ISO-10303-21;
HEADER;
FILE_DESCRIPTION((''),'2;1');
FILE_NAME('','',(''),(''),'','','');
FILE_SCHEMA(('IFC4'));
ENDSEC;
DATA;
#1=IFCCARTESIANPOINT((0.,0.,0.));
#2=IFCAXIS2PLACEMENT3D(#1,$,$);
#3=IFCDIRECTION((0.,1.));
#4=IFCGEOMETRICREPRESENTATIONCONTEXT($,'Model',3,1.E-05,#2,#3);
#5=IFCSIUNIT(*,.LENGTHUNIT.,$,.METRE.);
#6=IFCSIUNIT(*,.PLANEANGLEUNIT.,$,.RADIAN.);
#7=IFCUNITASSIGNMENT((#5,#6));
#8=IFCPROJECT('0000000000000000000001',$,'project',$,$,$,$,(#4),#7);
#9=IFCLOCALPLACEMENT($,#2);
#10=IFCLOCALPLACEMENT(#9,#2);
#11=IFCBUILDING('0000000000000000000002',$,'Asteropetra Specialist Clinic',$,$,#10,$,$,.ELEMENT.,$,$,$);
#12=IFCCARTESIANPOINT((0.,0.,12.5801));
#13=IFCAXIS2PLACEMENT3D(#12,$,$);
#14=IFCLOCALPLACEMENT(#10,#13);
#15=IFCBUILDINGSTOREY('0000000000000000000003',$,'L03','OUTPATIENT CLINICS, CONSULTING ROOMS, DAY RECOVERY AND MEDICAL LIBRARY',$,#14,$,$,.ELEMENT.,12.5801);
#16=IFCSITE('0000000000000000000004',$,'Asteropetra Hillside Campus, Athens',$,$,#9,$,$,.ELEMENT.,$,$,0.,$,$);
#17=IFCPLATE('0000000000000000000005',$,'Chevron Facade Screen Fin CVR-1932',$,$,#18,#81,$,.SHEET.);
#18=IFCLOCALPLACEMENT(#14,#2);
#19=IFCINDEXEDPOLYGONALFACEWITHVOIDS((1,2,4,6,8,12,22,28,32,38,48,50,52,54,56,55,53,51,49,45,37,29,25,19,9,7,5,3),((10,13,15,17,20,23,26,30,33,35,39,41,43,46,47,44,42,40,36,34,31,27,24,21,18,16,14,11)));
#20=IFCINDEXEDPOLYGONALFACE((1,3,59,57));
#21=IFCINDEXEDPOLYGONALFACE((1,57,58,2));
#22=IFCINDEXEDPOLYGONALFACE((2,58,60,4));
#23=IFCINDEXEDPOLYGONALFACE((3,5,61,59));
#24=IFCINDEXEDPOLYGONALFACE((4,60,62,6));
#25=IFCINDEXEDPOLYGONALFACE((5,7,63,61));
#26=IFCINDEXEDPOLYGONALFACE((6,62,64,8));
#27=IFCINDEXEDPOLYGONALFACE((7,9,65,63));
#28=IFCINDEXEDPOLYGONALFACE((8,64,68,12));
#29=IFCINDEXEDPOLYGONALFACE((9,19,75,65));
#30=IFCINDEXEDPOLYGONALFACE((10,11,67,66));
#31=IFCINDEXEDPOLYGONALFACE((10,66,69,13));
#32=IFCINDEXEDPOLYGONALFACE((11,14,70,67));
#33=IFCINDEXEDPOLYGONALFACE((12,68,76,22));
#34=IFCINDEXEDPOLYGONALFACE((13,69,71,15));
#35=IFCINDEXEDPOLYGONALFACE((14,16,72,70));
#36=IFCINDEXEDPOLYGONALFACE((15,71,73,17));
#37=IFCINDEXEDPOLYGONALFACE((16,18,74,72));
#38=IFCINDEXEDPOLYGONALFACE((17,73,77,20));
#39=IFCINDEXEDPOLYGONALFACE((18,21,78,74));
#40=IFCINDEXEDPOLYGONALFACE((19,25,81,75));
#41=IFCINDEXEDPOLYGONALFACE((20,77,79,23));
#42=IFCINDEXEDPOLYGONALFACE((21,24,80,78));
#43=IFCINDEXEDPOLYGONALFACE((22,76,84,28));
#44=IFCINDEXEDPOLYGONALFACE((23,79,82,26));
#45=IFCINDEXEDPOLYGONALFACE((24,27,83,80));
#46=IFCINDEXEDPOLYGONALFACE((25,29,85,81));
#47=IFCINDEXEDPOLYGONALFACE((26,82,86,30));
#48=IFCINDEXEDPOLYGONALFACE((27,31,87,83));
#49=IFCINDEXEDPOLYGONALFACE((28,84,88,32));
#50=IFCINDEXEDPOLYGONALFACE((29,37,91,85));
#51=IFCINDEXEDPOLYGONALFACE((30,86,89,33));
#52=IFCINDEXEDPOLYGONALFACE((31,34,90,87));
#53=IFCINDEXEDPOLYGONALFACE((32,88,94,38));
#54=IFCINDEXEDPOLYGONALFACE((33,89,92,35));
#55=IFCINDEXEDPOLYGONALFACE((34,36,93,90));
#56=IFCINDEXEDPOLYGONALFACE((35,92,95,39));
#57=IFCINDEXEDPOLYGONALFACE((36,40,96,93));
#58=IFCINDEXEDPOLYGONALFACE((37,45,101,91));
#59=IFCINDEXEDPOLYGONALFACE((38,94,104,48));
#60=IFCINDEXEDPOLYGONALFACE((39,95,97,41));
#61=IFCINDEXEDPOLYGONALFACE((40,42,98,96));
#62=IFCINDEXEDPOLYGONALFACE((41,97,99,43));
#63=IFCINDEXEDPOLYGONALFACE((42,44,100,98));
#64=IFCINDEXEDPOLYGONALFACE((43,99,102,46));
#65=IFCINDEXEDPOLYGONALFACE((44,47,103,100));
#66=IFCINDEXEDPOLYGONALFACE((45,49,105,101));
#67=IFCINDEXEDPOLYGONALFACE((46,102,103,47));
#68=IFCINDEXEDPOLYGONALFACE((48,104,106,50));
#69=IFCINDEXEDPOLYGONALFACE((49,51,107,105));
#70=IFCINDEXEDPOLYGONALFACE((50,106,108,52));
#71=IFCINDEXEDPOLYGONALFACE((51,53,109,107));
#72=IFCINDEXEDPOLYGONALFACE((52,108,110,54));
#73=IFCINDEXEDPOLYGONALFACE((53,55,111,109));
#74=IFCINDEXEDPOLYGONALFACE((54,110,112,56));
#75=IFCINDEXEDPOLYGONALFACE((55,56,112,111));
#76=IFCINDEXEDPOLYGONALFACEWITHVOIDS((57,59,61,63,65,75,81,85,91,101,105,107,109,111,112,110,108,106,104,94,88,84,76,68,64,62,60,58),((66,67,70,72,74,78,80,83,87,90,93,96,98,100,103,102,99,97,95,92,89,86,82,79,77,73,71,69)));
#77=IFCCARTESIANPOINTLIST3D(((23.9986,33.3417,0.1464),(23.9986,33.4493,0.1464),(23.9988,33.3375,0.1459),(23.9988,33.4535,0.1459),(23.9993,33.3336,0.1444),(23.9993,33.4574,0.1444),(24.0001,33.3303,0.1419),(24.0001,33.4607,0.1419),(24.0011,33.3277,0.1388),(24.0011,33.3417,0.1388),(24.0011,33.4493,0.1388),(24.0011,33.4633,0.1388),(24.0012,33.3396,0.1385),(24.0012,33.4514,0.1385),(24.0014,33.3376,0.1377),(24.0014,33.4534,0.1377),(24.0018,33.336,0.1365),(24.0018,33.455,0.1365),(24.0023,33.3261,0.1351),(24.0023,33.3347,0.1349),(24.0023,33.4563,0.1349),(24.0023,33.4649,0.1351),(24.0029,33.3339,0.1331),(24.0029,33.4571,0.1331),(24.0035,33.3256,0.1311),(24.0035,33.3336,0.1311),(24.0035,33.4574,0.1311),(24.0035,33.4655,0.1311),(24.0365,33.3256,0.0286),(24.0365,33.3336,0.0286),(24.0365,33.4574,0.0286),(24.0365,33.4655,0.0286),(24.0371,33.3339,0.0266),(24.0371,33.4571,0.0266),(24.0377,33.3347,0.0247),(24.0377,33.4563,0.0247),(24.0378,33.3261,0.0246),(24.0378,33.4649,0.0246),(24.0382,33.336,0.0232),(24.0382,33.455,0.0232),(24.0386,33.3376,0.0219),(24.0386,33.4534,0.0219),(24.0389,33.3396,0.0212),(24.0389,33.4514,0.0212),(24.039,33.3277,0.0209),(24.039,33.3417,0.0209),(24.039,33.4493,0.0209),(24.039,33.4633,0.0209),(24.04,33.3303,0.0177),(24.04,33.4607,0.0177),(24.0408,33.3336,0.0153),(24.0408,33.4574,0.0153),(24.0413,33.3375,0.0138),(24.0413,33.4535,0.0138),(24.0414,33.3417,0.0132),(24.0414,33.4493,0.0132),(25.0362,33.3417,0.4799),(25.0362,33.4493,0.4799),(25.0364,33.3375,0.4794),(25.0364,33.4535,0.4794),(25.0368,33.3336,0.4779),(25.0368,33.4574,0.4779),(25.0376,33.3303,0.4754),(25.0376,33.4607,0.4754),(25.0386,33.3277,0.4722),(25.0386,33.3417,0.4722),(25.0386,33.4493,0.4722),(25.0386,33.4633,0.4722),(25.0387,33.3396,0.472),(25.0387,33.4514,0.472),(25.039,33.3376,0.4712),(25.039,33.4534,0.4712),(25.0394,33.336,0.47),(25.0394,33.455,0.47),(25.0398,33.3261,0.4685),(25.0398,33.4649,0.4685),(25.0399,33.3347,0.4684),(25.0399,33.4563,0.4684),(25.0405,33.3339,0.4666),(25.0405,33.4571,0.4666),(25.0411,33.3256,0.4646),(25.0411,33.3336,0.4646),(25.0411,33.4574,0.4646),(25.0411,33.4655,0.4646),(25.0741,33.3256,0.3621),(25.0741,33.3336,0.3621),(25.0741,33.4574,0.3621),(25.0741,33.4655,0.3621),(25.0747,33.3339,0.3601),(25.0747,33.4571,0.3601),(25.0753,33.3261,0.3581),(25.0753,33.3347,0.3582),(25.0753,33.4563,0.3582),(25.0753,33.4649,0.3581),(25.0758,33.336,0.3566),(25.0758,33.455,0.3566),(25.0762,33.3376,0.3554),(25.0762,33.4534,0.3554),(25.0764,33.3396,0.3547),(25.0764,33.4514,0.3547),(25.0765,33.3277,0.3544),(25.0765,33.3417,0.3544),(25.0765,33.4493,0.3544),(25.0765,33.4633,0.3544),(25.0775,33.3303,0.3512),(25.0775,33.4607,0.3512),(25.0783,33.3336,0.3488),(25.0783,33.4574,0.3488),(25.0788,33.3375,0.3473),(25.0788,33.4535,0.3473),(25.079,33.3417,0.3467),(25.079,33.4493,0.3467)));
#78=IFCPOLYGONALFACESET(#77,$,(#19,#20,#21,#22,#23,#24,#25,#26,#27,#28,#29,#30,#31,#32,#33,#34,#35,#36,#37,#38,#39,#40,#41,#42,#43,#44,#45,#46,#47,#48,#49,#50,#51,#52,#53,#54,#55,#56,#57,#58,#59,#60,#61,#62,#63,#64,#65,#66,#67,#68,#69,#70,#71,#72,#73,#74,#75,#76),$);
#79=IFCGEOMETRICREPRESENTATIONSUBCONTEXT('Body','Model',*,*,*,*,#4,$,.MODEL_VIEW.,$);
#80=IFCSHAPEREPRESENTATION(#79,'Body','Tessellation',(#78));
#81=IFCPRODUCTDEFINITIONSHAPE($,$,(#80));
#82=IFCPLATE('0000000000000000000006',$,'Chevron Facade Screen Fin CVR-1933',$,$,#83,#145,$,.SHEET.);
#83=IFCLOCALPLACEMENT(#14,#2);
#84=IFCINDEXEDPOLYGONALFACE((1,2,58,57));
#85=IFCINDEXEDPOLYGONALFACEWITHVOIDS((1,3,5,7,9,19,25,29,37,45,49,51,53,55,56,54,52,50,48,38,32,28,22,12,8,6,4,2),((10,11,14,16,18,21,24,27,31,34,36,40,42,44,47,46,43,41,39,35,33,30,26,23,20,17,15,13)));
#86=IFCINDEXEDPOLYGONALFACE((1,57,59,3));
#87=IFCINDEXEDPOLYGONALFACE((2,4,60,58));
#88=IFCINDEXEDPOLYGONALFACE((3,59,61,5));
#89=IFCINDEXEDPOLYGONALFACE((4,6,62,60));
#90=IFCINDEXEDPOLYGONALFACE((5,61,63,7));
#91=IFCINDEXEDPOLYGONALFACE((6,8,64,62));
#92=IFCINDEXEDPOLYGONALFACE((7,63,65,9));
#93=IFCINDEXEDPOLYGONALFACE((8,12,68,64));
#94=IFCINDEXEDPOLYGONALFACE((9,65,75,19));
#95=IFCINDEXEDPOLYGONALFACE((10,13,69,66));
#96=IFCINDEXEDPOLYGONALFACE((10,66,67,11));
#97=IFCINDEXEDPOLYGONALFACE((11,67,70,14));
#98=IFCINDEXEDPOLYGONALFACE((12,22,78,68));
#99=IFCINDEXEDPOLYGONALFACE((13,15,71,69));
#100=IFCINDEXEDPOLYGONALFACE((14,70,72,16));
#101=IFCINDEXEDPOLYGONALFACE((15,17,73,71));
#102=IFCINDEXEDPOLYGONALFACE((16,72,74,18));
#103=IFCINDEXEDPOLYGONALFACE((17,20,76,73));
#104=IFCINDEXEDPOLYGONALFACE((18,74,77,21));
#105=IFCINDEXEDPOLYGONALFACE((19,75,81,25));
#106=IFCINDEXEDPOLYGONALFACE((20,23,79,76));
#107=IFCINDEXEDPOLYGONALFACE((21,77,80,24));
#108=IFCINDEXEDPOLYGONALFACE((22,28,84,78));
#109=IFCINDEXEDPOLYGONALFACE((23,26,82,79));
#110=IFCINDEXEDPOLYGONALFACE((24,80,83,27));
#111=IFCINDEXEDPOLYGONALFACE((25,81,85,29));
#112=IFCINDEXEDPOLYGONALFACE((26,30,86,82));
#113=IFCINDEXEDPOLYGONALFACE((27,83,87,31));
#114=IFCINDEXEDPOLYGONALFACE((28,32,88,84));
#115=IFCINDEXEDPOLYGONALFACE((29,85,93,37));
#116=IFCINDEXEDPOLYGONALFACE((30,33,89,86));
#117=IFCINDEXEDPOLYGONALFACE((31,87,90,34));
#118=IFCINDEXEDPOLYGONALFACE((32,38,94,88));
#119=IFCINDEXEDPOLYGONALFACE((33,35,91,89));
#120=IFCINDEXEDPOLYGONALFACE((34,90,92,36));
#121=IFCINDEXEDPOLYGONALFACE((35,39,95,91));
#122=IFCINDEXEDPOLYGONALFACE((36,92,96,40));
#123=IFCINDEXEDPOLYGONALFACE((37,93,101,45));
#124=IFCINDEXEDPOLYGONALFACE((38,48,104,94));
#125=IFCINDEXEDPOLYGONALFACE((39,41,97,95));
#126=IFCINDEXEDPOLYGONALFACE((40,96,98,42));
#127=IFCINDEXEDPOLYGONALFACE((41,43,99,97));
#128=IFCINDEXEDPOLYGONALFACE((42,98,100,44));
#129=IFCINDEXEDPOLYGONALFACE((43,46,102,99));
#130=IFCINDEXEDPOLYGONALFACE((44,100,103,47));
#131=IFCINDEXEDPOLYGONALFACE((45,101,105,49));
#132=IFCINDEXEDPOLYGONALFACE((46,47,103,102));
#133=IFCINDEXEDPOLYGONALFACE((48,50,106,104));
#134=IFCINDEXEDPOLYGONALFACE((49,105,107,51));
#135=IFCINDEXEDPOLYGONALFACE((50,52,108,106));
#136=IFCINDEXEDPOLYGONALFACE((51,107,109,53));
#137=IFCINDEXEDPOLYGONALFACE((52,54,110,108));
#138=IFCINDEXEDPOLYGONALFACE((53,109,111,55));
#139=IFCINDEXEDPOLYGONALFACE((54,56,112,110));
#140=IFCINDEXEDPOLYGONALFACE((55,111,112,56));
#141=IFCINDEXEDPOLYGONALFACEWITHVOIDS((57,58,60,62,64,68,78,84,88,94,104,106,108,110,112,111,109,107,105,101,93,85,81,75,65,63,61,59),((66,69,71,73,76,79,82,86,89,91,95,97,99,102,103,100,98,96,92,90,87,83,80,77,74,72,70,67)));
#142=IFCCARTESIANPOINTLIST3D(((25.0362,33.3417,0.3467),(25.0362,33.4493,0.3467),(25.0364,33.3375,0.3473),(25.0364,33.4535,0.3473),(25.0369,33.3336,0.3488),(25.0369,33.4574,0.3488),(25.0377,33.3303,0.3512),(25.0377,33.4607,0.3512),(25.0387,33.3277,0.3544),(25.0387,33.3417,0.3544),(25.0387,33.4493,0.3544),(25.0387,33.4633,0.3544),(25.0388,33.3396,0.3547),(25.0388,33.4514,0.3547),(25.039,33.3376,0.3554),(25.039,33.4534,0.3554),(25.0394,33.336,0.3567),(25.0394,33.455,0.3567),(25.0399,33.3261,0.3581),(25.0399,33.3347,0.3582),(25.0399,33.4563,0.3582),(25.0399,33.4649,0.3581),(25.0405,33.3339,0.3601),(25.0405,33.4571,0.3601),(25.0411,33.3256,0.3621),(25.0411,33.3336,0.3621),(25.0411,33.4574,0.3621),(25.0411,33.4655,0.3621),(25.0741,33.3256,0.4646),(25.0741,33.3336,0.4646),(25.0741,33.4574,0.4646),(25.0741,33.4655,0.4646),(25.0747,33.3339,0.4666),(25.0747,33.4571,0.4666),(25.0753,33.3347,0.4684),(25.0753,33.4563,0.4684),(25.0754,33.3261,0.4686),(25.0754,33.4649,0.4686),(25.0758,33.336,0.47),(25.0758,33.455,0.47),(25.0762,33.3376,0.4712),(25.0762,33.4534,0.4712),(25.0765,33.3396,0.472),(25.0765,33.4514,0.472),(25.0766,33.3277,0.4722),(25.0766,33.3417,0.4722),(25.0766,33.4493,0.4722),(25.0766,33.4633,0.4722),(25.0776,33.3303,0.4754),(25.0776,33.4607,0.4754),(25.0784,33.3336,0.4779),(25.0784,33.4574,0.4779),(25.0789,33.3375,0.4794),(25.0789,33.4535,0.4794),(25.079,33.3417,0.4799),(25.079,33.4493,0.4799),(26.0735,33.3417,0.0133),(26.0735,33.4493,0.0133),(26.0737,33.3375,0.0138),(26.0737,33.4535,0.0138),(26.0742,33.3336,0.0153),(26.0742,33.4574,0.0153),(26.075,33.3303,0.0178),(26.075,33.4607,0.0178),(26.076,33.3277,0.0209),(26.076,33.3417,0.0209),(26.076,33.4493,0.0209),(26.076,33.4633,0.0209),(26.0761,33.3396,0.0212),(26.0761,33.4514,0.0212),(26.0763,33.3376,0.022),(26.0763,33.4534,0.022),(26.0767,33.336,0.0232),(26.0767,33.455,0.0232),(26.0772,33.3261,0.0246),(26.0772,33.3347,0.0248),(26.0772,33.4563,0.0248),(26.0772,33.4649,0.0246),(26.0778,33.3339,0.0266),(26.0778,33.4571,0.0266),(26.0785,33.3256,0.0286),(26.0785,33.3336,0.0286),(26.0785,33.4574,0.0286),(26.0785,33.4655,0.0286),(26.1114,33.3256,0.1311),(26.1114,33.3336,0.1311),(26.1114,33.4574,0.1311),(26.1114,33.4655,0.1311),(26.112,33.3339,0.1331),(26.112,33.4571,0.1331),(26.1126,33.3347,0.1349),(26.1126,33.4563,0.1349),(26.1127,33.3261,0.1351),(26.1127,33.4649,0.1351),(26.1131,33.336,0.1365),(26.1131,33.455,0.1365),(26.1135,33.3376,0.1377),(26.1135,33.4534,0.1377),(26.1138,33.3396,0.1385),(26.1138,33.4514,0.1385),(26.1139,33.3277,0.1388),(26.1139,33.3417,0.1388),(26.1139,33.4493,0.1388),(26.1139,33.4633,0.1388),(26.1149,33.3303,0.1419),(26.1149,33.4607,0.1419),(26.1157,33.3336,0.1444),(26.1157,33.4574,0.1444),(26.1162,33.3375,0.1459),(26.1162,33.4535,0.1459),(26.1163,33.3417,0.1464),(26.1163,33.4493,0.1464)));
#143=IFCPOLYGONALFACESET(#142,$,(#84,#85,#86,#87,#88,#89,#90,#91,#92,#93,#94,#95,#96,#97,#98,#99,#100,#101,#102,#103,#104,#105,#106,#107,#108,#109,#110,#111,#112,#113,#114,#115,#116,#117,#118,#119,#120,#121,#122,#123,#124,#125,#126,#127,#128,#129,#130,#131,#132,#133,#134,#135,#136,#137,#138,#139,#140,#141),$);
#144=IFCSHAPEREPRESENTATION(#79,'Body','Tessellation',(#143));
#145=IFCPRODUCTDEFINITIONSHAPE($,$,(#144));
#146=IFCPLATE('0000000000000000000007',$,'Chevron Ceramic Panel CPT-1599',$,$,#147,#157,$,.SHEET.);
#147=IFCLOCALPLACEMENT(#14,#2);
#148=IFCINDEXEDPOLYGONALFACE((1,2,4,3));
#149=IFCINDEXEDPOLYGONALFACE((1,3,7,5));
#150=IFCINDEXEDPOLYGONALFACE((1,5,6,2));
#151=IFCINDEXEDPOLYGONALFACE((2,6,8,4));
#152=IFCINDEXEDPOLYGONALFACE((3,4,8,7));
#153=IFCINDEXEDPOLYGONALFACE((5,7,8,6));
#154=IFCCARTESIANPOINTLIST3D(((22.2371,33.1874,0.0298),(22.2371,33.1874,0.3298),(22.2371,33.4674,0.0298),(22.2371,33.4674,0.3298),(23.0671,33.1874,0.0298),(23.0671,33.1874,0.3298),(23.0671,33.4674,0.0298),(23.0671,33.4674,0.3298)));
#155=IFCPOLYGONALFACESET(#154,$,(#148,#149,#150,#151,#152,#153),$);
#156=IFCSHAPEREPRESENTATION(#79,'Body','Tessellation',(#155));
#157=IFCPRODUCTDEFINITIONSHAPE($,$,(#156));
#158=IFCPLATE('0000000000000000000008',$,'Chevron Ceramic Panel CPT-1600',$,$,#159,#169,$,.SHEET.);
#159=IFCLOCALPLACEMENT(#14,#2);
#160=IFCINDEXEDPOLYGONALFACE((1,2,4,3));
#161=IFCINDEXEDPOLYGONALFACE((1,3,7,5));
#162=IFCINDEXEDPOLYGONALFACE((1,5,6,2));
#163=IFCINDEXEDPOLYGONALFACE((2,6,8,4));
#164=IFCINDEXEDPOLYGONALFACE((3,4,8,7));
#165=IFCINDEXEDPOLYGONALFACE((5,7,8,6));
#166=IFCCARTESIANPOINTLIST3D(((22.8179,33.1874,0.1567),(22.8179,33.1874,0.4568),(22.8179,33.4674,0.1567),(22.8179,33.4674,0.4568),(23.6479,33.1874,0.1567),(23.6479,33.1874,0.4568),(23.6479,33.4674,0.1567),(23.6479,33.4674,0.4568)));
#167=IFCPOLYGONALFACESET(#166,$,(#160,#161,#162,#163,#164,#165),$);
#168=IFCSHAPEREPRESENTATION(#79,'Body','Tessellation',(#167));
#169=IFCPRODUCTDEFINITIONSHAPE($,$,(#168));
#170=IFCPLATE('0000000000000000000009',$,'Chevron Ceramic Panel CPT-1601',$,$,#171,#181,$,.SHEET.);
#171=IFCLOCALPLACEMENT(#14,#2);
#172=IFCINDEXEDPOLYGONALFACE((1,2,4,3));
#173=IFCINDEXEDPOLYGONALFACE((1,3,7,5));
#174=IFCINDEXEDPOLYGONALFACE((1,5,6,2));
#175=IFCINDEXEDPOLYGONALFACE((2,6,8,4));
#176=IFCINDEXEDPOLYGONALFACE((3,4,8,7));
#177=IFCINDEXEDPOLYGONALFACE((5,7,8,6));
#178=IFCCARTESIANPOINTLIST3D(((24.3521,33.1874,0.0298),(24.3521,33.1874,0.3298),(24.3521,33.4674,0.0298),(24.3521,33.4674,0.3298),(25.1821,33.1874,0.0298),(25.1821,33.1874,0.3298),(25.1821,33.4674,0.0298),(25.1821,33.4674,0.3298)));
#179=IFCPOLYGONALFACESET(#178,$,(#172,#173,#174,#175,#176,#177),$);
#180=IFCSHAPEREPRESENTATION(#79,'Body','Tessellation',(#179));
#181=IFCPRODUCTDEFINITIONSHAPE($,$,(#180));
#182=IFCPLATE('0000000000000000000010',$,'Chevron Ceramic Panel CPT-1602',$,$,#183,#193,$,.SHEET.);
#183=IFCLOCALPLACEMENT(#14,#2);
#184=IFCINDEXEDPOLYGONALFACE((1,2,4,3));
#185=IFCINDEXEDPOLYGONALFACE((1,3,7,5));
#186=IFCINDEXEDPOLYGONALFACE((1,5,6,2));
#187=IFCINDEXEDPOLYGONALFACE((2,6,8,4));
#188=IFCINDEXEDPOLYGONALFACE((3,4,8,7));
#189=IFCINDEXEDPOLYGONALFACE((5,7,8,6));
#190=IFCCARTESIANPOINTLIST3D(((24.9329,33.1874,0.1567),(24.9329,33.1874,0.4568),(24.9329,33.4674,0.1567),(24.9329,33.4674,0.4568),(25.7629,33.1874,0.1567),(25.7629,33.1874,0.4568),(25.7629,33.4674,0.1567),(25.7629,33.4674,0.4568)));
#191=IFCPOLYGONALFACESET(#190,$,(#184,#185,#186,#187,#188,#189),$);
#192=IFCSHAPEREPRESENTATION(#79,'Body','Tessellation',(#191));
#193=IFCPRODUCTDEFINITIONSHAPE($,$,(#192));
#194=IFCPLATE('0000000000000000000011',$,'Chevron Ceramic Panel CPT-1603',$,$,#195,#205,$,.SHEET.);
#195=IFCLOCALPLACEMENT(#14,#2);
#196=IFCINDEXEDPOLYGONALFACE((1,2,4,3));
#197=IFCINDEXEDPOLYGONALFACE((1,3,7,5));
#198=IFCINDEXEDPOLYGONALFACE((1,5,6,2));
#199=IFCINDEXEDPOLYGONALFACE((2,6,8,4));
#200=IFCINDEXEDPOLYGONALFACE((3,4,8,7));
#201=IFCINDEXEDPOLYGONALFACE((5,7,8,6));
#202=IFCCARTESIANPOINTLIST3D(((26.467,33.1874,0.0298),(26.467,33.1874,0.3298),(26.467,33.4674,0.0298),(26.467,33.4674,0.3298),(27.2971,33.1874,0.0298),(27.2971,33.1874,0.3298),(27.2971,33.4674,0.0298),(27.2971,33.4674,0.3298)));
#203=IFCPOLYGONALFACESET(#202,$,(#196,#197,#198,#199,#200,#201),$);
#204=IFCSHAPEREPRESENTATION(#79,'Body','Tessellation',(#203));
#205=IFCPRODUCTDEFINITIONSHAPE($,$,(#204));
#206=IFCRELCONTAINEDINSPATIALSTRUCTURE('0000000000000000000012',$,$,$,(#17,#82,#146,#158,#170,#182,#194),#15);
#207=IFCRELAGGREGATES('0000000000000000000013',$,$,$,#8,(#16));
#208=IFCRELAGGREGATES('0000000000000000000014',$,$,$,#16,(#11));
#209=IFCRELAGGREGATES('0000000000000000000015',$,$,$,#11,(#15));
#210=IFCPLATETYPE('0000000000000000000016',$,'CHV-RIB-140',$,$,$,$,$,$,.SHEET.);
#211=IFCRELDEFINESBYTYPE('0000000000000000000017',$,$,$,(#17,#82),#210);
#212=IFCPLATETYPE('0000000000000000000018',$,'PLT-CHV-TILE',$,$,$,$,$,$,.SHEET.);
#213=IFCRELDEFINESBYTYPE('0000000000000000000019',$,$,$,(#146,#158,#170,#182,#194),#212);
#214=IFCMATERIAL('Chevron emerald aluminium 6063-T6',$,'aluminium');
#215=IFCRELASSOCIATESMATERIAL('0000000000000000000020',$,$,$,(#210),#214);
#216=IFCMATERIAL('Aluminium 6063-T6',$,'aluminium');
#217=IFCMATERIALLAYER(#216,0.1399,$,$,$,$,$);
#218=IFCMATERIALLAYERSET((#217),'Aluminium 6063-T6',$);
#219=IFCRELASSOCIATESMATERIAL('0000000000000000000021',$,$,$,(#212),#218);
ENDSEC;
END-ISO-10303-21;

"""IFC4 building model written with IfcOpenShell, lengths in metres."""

from ifc_helpers import new_model, si_unit, direction, frame, origin, origin_2d, place, context, subcontext, project, spatial, rectangle, hollow_rectangle, extrude, material, layer, layer_set, material_profile, profile_set, type_object, element, save


model = new_model("IFC4")

# Units and contexts
model_context = context("Model", 3, precision=1e-05, world=origin(), true_north=direction((0.0, 1.0)))
body_context = subcontext(model_context, "Body", "Model", "MODEL_VIEW")
ifc_project = project(units=[si_unit("LENGTHUNIT", "METRE"), si_unit("PLANEANGLEUNIT", "RADIAN")], contexts=[model_context])

# Site, building, storey
site_placement = place(None, origin())
site = spatial("IfcSite", under=ifc_project, at=site_placement, Name="Asteropetra Hillside Campus, Athens", CompositionType="ELEMENT", RefElevation=0.0)
building_placement = place(site_placement, origin())
building = spatial("IfcBuilding", under=site, at=building_placement, Name="Asteropetra Specialist Clinic", CompositionType="ELEMENT")
storey_placement = place(building_placement, frame((0.0, 0.0, 12.5801)))
storey = spatial("IfcBuildingStorey", under=building, at=storey_placement, Name="L03", Description="OUTPATIENT CLINICS, CONSULTING ROOMS, DAY RECOVERY AND MEDICAL LIBRARY", CompositionType="ELEMENT", Elevation=12.5801)

# Plates
ifc_material_1 = material(Name="Chevron emerald aluminium 6063-T6", Category="aluminium")
ifc_material_profile_1 = material_profile(ifc_material_1, hollow_rectangle(XDim=0.1399, YDim=0.1399, WallThickness=0.0081, InnerFilletRadius=0.0081, OuterFilletRadius=0.0161, at=origin_2d()), Name="SHS 140x140x8.0")
ifc_profile_set_1 = profile_set([ifc_material_profile_1], Name="Chevron emerald aluminium 6063-T6")
plate_type_1 = type_object("IfcPlateType", Name="CHV-RIB-140", PredefinedType="SHEET", material=ifc_profile_set_1)
plate_1_placement = place(storey_placement, frame((24.02, 33.3955, 0.0798), z_axis=(0.952033, 0.0, 0.305995), x_axis=(0.0, 1.0, 0.0)))
element("IfcPlate", 1, at=plate_1_placement, inside=storey, type_object=plate_type_1, Name="Chevron Facade Screen Fin CVR-1932", PredefinedType="SHEET", context=body_context, shape_type="SweptSolid", body=[
    extrude(hollow_rectangle(XDim=0.1399, YDim=0.1399, WallThickness=0.0081, InnerFilletRadius=0.0081, OuterFilletRadius=0.0161, at=origin_2d()), origin(), (0.0, 0.0, 1.0), 1.0898),
])
plate_2_placement = place(storey_placement, frame((25.0576, 33.3955, 0.4133), z_axis=(0.952012, 0.0, -0.30606), x_axis=(0.0, 1.0, 0.0)))
element("IfcPlate", 2, at=plate_2_placement, inside=storey, type_object=plate_type_1, Name="Chevron Facade Screen Fin CVR-1933", PredefinedType="SHEET", context=body_context, shape_type="SweptSolid", body=[
    extrude(hollow_rectangle(XDim=0.1399, YDim=0.1399, WallThickness=0.0081, InnerFilletRadius=0.0081, OuterFilletRadius=0.0161, at=origin_2d()), origin(), (0.0, 0.0, 1.0), 1.0896),
])
ifc_material_2 = material(Name="Aluminium 6063-T6", Category="aluminium")
ifc_layer_1 = layer(ifc_material_2, 0.1399)
ifc_layer_set_1 = layer_set([ifc_layer_1], Name="Aluminium 6063-T6")
plate_type_2 = type_object("IfcPlateType", Name="PLT-CHV-TILE", PredefinedType="SHEET", material=ifc_layer_set_1)
for number, where, z_axis, x_axis, name in (
    (3, (22.6521, 33.3274, 0.0298), (0.0, 0.0, 1.0), (1.0, 0.0, 0.0), "Chevron Ceramic Panel CPT-1599"),
    (4, (23.2329, 33.3274, 0.1567), (0.0, 0.0, 1.0), (1.0, 0.0, 0.0), "Chevron Ceramic Panel CPT-1600"),
    (5, (24.7671, 33.3274, 0.0298), (0.0, 0.0, 1.0), (1.0, 0.0, 0.0), "Chevron Ceramic Panel CPT-1601"),
    (6, (25.3479, 33.3274, 0.1567), (0.0, 0.0, 1.0), (1.0, 0.0, 0.0), "Chevron Ceramic Panel CPT-1602"),
    (7, (26.8821, 33.3274, 0.0298), (0.0, 0.0, 1.0), (1.0, 0.0, 0.0), "Chevron Ceramic Panel CPT-1603"),
):
    element("IfcPlate", number, at=place(storey_placement, frame(where, z_axis=z_axis, x_axis=x_axis)), inside=storey, type_object=plate_type_2, Name=name, PredefinedType="SHEET", context=body_context, shape_type="SweptSolid", body=[
        extrude(rectangle(XDim=0.8301, YDim=0.28, at=origin_2d()), origin(), (0.0, 0.0, 1.0), 0.3),
    ])

save(model, "model.ifc")
